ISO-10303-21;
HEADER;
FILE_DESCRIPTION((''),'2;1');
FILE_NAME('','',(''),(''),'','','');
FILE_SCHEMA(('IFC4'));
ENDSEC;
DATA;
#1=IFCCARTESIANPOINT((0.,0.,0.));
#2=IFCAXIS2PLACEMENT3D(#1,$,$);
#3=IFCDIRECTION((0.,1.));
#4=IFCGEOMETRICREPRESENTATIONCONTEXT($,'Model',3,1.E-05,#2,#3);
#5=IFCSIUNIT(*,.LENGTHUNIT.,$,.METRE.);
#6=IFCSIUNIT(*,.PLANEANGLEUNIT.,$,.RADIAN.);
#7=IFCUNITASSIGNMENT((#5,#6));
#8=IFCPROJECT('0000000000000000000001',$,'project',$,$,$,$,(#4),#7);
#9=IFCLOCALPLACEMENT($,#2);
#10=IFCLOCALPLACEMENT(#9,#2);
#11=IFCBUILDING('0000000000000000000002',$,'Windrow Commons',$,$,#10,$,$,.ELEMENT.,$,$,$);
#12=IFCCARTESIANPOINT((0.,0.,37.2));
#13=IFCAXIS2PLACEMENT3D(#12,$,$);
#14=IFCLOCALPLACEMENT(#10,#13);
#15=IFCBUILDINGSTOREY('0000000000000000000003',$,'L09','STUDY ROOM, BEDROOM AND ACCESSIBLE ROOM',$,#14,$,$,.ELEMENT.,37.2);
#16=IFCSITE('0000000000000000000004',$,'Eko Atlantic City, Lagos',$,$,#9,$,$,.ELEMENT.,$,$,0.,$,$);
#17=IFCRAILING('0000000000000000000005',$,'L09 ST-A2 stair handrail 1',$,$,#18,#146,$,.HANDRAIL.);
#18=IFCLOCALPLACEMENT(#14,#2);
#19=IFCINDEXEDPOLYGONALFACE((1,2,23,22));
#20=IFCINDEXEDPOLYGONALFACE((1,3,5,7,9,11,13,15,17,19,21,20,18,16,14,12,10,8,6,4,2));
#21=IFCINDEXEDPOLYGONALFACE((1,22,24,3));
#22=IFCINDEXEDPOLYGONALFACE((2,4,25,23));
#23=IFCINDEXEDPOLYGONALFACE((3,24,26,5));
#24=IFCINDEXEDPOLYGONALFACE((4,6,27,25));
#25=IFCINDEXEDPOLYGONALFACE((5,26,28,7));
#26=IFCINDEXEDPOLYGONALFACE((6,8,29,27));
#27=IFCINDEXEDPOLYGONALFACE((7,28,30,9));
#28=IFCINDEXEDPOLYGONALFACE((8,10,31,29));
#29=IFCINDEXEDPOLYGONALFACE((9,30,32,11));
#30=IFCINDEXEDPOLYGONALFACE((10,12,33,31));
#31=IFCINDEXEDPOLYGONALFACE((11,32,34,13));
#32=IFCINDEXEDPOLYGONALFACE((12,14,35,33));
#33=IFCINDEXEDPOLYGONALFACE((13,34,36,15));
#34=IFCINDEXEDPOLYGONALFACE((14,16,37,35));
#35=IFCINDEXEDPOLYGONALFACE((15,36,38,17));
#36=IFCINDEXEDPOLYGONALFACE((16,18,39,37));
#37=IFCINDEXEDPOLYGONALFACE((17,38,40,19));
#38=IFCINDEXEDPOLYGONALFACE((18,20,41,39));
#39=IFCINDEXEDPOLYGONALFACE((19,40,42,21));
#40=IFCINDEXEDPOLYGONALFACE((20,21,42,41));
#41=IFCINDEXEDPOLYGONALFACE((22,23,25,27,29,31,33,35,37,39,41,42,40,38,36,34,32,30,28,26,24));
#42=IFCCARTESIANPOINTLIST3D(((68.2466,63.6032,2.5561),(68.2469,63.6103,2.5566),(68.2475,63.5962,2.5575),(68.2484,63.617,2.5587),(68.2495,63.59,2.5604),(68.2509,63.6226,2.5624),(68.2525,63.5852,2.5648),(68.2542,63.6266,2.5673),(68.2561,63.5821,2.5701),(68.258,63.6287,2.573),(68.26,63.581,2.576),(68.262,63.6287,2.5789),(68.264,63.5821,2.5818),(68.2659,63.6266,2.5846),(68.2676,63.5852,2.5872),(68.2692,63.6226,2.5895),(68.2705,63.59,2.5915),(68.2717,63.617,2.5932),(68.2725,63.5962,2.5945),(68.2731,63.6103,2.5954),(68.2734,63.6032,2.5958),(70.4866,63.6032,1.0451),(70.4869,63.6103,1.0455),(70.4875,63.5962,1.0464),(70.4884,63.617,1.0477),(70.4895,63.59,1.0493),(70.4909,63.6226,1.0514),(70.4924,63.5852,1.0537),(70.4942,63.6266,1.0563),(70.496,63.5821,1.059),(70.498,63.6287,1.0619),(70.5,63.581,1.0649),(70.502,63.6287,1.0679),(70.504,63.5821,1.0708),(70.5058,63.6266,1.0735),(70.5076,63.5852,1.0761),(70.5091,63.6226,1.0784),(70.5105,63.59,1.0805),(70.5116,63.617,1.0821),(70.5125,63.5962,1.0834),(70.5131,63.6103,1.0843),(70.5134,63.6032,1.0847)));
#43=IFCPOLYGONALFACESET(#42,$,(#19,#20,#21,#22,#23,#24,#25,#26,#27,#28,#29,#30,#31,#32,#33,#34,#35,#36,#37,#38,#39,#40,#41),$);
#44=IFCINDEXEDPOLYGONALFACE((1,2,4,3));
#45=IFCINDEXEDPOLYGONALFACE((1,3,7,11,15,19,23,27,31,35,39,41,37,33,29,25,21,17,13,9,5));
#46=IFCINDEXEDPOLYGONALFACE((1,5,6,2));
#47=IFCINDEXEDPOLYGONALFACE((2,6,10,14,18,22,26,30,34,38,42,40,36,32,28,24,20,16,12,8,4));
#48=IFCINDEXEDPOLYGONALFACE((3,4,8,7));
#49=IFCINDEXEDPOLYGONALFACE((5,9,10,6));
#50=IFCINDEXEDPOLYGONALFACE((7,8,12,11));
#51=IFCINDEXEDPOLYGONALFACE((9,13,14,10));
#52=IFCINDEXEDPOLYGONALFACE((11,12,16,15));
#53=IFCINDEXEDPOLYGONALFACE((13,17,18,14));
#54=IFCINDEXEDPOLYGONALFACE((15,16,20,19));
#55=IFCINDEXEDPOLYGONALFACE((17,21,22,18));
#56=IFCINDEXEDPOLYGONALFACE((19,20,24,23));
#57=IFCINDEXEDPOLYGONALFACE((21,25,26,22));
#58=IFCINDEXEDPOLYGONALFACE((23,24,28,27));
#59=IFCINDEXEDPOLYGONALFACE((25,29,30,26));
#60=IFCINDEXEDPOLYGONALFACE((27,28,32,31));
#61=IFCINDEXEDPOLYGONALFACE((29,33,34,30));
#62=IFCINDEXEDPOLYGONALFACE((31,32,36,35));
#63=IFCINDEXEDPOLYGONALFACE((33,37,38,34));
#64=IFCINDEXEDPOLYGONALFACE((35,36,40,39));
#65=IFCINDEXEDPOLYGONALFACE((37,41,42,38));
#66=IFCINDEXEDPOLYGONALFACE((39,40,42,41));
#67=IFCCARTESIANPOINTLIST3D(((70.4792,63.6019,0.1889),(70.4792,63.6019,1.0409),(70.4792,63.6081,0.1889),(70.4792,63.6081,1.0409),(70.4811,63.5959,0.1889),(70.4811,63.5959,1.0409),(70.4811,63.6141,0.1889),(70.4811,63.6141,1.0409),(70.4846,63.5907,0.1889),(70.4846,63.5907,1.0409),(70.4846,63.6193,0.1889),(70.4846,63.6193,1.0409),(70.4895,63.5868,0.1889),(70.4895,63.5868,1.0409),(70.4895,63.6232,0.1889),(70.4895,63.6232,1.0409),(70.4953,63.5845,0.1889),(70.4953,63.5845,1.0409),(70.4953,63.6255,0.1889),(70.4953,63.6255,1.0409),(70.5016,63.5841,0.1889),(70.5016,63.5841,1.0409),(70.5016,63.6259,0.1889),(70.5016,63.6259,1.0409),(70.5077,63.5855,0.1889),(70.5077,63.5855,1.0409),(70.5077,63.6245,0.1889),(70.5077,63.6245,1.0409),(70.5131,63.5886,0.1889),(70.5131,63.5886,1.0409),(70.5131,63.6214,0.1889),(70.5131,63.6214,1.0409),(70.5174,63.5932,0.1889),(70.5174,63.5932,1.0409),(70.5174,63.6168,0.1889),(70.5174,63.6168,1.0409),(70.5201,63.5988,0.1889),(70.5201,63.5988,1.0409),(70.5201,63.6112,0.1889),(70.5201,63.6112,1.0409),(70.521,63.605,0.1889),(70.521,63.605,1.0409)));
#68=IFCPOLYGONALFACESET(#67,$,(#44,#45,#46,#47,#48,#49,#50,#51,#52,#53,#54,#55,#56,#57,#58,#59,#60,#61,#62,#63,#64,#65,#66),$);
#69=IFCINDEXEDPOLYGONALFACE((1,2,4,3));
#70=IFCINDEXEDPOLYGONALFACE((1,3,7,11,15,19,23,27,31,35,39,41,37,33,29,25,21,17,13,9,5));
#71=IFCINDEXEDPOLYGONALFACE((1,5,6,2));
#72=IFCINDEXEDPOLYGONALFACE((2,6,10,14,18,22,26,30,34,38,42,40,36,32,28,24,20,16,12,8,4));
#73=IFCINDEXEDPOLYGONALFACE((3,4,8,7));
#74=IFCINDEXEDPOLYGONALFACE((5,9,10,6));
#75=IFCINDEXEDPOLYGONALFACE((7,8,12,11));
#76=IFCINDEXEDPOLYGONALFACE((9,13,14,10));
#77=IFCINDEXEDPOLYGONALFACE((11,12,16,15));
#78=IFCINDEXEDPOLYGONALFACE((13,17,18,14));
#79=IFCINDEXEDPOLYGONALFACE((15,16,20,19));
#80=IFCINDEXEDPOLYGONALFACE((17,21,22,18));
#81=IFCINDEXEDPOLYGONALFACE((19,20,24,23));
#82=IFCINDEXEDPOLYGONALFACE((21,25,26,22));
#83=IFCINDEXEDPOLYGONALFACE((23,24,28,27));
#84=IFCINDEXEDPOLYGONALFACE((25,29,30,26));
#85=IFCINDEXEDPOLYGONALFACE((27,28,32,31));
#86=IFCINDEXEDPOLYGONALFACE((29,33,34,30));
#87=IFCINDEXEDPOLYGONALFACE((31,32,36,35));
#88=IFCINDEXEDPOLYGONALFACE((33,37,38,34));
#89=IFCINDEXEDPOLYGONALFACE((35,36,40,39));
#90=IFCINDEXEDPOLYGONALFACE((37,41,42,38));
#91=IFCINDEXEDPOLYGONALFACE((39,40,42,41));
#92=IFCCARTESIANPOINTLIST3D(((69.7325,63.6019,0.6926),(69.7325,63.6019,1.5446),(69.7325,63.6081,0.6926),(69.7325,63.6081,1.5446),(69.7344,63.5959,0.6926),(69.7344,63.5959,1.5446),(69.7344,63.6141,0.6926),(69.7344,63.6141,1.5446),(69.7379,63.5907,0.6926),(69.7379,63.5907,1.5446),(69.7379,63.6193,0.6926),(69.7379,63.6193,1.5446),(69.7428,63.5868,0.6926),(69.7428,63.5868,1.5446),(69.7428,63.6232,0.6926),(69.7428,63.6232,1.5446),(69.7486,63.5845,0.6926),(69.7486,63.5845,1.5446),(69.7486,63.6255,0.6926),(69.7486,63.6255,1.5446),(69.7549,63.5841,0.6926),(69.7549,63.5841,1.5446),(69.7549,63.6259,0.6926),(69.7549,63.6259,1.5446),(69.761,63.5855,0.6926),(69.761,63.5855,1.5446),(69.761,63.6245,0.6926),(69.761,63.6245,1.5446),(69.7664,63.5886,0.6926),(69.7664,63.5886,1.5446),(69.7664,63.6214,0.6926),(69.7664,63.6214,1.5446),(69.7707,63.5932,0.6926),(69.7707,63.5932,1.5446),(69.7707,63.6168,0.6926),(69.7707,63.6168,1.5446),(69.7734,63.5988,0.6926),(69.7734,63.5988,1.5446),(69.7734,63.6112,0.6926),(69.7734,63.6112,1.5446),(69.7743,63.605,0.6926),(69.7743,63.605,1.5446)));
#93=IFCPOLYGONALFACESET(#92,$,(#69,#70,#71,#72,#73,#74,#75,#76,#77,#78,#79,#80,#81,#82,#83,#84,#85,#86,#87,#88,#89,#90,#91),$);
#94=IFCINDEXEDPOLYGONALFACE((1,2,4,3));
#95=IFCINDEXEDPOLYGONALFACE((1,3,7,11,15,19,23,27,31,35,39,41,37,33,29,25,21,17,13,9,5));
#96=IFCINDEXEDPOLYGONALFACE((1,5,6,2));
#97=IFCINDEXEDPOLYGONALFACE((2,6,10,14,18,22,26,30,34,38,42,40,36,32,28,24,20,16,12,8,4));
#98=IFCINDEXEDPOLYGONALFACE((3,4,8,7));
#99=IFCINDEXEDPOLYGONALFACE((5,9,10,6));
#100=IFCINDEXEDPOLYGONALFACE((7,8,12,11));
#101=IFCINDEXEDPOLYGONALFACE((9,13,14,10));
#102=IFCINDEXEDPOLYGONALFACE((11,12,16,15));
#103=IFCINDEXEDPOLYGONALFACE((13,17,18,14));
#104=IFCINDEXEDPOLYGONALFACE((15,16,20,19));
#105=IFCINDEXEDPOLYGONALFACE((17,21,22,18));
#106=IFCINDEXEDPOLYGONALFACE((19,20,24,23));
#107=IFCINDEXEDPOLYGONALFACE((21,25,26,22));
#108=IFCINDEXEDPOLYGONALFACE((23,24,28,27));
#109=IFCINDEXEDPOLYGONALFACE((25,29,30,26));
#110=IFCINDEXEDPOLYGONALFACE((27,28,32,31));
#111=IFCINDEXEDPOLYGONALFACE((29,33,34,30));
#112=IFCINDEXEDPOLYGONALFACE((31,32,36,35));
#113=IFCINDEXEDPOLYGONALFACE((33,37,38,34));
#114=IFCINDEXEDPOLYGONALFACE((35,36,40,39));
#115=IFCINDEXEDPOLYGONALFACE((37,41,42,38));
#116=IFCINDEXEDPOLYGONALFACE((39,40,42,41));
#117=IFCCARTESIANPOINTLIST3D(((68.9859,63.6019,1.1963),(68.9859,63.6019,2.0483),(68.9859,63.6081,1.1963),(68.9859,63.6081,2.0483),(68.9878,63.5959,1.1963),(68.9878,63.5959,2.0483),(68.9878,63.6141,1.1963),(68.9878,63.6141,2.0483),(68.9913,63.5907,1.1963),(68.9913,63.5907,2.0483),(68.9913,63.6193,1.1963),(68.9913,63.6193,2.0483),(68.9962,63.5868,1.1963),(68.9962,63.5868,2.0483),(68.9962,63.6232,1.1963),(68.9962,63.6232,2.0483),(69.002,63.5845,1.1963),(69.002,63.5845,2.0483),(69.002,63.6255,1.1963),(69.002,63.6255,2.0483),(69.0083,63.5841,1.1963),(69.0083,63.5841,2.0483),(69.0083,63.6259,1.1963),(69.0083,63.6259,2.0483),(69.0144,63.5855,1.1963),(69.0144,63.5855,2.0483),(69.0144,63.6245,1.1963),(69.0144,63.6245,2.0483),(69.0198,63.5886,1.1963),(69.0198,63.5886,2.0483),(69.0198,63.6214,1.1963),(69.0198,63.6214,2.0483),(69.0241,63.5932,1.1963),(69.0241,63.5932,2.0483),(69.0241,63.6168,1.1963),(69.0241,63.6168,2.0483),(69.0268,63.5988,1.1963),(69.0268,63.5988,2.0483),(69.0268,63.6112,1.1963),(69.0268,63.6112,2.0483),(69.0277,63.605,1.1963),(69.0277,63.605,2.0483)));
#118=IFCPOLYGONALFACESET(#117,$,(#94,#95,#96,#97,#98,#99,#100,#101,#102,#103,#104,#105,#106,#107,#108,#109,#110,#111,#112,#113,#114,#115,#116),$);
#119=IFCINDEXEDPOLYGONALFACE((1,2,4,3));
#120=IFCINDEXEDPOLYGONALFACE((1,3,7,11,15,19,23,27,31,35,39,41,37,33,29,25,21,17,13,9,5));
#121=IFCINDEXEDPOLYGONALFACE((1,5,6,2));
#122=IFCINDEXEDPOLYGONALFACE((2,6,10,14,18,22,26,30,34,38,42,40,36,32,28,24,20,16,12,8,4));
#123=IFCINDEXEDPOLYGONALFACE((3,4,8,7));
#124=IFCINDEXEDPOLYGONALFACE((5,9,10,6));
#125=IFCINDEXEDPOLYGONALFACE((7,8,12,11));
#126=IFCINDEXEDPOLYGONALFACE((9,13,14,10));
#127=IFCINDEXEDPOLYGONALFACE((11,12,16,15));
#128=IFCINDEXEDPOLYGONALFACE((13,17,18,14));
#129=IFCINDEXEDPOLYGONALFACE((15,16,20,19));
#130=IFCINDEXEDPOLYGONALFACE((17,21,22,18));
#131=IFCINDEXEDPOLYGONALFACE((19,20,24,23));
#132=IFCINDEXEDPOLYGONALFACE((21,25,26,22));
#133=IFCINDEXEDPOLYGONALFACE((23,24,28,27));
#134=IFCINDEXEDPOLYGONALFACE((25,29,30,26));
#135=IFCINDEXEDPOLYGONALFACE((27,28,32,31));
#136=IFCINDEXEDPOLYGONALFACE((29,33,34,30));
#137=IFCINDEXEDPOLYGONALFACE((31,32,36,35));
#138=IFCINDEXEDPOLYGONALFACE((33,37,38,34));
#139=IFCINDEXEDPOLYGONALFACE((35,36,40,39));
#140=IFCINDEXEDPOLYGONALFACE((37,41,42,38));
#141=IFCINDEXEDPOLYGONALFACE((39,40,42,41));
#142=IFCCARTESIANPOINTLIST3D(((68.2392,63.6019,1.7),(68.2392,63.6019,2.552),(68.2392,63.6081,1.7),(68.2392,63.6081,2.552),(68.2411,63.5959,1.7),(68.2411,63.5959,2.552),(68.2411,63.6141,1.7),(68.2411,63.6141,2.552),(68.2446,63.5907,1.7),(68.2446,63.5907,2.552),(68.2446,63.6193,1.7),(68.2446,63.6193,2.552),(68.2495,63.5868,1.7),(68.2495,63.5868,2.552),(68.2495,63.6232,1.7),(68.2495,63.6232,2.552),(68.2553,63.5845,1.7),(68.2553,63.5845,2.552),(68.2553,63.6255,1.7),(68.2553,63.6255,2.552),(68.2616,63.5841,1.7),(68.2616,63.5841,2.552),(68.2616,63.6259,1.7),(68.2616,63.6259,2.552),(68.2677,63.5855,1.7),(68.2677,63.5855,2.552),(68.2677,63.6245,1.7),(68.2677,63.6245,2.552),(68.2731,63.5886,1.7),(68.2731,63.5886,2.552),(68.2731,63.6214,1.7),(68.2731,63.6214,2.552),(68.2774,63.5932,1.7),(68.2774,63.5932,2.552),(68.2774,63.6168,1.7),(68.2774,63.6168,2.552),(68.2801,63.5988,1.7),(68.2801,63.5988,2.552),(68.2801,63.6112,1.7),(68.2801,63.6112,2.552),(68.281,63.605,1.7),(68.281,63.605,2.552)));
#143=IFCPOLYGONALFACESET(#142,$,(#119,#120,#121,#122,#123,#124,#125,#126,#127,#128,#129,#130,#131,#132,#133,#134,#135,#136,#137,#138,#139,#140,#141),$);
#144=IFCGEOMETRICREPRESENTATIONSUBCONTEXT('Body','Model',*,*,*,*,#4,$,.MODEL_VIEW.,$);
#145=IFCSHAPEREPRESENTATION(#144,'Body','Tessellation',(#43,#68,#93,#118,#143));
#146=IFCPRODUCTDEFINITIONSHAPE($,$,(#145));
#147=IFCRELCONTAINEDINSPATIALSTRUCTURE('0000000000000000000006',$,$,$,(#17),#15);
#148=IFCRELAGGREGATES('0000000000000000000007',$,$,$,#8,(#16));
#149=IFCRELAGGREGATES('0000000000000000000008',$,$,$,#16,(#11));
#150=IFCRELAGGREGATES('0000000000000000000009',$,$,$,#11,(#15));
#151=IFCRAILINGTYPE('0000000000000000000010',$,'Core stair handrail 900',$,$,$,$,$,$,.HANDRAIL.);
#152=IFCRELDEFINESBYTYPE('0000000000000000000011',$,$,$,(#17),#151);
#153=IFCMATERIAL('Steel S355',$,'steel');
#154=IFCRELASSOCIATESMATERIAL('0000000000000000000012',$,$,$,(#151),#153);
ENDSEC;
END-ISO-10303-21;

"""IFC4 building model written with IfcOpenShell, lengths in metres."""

from ifc_helpers import new_model, si_unit, direction, frame, origin, origin_2d, place, context, subcontext, project, spatial, circle, extrude, material, type_object, element, save


model = new_model("IFC4")

# Units and contexts
model_context = context("Model", 3, precision=1e-05, world=origin(), true_north=direction((0.0, 1.0)))
body_context = subcontext(model_context, "Body", "Model", "MODEL_VIEW")
ifc_project = project(units=[si_unit("LENGTHUNIT", "METRE"), si_unit("PLANEANGLEUNIT", "RADIAN")], contexts=[model_context])

# Site, building, storey
site_placement = place(None, origin())
site = spatial("IfcSite", under=ifc_project, at=site_placement, Name="Eko Atlantic City, Lagos", CompositionType="ELEMENT", RefElevation=0.0)
building_placement = place(site_placement, origin())
building = spatial("IfcBuilding", under=site, at=building_placement, Name="Windrow Commons", CompositionType="ELEMENT")
storey_placement = place(building_placement, frame((0.0, 0.0, 37.2)))
storey = spatial("IfcBuildingStorey", under=building, at=storey_placement, Name="L09", Description="STUDY ROOM, BEDROOM AND ACCESSIBLE ROOM", CompositionType="ELEMENT", Elevation=37.2)

# Railing
ifc_material_1 = material(Name="Steel S355", Category="steel")
railing_type_1 = type_object("IfcRailingType", Name="Core stair handrail 900", PredefinedType="HANDRAIL", material=ifc_material_1)
for number, where, name in (
    (1, (70.5, 63.605, 0.1889), "L09 ST-A2 stair handrail 1"),
):
    element("IfcRailing", number, at=place(storey_placement, frame(where)), inside=storey, type_object=railing_type_1, Name=name, PredefinedType="HANDRAIL", context=body_context, shape_type="SweptSolid", body=[
        extrude(circle(Radius=0.024, at=origin_2d()), frame((0.0, 0.0, 0.876), z_axis=(-0.829003, 0.0, 0.559244), x_axis=(0.0, -1.0, 0.0)), (0.0, 0.0, 1.0), 2.702),
        extrude(circle(Radius=0.021, at=origin_2d()), origin(), (0.0, 0.0, 1.0), 0.852),
        extrude(circle(Radius=0.021, at=origin_2d()), frame((-0.7467, 0.0, 0.5037)), (0.0, 0.0, 1.0), 0.852),
        extrude(circle(Radius=0.021, at=origin_2d()), frame((-1.4933, 0.0, 1.0074)), (0.0, 0.0, 1.0), 0.852),
        extrude(circle(Radius=0.021, at=origin_2d()), frame((-2.24, 0.0, 1.5111)), (0.0, 0.0, 1.0), 0.852),
    ])

save(model, "model.ifc")
